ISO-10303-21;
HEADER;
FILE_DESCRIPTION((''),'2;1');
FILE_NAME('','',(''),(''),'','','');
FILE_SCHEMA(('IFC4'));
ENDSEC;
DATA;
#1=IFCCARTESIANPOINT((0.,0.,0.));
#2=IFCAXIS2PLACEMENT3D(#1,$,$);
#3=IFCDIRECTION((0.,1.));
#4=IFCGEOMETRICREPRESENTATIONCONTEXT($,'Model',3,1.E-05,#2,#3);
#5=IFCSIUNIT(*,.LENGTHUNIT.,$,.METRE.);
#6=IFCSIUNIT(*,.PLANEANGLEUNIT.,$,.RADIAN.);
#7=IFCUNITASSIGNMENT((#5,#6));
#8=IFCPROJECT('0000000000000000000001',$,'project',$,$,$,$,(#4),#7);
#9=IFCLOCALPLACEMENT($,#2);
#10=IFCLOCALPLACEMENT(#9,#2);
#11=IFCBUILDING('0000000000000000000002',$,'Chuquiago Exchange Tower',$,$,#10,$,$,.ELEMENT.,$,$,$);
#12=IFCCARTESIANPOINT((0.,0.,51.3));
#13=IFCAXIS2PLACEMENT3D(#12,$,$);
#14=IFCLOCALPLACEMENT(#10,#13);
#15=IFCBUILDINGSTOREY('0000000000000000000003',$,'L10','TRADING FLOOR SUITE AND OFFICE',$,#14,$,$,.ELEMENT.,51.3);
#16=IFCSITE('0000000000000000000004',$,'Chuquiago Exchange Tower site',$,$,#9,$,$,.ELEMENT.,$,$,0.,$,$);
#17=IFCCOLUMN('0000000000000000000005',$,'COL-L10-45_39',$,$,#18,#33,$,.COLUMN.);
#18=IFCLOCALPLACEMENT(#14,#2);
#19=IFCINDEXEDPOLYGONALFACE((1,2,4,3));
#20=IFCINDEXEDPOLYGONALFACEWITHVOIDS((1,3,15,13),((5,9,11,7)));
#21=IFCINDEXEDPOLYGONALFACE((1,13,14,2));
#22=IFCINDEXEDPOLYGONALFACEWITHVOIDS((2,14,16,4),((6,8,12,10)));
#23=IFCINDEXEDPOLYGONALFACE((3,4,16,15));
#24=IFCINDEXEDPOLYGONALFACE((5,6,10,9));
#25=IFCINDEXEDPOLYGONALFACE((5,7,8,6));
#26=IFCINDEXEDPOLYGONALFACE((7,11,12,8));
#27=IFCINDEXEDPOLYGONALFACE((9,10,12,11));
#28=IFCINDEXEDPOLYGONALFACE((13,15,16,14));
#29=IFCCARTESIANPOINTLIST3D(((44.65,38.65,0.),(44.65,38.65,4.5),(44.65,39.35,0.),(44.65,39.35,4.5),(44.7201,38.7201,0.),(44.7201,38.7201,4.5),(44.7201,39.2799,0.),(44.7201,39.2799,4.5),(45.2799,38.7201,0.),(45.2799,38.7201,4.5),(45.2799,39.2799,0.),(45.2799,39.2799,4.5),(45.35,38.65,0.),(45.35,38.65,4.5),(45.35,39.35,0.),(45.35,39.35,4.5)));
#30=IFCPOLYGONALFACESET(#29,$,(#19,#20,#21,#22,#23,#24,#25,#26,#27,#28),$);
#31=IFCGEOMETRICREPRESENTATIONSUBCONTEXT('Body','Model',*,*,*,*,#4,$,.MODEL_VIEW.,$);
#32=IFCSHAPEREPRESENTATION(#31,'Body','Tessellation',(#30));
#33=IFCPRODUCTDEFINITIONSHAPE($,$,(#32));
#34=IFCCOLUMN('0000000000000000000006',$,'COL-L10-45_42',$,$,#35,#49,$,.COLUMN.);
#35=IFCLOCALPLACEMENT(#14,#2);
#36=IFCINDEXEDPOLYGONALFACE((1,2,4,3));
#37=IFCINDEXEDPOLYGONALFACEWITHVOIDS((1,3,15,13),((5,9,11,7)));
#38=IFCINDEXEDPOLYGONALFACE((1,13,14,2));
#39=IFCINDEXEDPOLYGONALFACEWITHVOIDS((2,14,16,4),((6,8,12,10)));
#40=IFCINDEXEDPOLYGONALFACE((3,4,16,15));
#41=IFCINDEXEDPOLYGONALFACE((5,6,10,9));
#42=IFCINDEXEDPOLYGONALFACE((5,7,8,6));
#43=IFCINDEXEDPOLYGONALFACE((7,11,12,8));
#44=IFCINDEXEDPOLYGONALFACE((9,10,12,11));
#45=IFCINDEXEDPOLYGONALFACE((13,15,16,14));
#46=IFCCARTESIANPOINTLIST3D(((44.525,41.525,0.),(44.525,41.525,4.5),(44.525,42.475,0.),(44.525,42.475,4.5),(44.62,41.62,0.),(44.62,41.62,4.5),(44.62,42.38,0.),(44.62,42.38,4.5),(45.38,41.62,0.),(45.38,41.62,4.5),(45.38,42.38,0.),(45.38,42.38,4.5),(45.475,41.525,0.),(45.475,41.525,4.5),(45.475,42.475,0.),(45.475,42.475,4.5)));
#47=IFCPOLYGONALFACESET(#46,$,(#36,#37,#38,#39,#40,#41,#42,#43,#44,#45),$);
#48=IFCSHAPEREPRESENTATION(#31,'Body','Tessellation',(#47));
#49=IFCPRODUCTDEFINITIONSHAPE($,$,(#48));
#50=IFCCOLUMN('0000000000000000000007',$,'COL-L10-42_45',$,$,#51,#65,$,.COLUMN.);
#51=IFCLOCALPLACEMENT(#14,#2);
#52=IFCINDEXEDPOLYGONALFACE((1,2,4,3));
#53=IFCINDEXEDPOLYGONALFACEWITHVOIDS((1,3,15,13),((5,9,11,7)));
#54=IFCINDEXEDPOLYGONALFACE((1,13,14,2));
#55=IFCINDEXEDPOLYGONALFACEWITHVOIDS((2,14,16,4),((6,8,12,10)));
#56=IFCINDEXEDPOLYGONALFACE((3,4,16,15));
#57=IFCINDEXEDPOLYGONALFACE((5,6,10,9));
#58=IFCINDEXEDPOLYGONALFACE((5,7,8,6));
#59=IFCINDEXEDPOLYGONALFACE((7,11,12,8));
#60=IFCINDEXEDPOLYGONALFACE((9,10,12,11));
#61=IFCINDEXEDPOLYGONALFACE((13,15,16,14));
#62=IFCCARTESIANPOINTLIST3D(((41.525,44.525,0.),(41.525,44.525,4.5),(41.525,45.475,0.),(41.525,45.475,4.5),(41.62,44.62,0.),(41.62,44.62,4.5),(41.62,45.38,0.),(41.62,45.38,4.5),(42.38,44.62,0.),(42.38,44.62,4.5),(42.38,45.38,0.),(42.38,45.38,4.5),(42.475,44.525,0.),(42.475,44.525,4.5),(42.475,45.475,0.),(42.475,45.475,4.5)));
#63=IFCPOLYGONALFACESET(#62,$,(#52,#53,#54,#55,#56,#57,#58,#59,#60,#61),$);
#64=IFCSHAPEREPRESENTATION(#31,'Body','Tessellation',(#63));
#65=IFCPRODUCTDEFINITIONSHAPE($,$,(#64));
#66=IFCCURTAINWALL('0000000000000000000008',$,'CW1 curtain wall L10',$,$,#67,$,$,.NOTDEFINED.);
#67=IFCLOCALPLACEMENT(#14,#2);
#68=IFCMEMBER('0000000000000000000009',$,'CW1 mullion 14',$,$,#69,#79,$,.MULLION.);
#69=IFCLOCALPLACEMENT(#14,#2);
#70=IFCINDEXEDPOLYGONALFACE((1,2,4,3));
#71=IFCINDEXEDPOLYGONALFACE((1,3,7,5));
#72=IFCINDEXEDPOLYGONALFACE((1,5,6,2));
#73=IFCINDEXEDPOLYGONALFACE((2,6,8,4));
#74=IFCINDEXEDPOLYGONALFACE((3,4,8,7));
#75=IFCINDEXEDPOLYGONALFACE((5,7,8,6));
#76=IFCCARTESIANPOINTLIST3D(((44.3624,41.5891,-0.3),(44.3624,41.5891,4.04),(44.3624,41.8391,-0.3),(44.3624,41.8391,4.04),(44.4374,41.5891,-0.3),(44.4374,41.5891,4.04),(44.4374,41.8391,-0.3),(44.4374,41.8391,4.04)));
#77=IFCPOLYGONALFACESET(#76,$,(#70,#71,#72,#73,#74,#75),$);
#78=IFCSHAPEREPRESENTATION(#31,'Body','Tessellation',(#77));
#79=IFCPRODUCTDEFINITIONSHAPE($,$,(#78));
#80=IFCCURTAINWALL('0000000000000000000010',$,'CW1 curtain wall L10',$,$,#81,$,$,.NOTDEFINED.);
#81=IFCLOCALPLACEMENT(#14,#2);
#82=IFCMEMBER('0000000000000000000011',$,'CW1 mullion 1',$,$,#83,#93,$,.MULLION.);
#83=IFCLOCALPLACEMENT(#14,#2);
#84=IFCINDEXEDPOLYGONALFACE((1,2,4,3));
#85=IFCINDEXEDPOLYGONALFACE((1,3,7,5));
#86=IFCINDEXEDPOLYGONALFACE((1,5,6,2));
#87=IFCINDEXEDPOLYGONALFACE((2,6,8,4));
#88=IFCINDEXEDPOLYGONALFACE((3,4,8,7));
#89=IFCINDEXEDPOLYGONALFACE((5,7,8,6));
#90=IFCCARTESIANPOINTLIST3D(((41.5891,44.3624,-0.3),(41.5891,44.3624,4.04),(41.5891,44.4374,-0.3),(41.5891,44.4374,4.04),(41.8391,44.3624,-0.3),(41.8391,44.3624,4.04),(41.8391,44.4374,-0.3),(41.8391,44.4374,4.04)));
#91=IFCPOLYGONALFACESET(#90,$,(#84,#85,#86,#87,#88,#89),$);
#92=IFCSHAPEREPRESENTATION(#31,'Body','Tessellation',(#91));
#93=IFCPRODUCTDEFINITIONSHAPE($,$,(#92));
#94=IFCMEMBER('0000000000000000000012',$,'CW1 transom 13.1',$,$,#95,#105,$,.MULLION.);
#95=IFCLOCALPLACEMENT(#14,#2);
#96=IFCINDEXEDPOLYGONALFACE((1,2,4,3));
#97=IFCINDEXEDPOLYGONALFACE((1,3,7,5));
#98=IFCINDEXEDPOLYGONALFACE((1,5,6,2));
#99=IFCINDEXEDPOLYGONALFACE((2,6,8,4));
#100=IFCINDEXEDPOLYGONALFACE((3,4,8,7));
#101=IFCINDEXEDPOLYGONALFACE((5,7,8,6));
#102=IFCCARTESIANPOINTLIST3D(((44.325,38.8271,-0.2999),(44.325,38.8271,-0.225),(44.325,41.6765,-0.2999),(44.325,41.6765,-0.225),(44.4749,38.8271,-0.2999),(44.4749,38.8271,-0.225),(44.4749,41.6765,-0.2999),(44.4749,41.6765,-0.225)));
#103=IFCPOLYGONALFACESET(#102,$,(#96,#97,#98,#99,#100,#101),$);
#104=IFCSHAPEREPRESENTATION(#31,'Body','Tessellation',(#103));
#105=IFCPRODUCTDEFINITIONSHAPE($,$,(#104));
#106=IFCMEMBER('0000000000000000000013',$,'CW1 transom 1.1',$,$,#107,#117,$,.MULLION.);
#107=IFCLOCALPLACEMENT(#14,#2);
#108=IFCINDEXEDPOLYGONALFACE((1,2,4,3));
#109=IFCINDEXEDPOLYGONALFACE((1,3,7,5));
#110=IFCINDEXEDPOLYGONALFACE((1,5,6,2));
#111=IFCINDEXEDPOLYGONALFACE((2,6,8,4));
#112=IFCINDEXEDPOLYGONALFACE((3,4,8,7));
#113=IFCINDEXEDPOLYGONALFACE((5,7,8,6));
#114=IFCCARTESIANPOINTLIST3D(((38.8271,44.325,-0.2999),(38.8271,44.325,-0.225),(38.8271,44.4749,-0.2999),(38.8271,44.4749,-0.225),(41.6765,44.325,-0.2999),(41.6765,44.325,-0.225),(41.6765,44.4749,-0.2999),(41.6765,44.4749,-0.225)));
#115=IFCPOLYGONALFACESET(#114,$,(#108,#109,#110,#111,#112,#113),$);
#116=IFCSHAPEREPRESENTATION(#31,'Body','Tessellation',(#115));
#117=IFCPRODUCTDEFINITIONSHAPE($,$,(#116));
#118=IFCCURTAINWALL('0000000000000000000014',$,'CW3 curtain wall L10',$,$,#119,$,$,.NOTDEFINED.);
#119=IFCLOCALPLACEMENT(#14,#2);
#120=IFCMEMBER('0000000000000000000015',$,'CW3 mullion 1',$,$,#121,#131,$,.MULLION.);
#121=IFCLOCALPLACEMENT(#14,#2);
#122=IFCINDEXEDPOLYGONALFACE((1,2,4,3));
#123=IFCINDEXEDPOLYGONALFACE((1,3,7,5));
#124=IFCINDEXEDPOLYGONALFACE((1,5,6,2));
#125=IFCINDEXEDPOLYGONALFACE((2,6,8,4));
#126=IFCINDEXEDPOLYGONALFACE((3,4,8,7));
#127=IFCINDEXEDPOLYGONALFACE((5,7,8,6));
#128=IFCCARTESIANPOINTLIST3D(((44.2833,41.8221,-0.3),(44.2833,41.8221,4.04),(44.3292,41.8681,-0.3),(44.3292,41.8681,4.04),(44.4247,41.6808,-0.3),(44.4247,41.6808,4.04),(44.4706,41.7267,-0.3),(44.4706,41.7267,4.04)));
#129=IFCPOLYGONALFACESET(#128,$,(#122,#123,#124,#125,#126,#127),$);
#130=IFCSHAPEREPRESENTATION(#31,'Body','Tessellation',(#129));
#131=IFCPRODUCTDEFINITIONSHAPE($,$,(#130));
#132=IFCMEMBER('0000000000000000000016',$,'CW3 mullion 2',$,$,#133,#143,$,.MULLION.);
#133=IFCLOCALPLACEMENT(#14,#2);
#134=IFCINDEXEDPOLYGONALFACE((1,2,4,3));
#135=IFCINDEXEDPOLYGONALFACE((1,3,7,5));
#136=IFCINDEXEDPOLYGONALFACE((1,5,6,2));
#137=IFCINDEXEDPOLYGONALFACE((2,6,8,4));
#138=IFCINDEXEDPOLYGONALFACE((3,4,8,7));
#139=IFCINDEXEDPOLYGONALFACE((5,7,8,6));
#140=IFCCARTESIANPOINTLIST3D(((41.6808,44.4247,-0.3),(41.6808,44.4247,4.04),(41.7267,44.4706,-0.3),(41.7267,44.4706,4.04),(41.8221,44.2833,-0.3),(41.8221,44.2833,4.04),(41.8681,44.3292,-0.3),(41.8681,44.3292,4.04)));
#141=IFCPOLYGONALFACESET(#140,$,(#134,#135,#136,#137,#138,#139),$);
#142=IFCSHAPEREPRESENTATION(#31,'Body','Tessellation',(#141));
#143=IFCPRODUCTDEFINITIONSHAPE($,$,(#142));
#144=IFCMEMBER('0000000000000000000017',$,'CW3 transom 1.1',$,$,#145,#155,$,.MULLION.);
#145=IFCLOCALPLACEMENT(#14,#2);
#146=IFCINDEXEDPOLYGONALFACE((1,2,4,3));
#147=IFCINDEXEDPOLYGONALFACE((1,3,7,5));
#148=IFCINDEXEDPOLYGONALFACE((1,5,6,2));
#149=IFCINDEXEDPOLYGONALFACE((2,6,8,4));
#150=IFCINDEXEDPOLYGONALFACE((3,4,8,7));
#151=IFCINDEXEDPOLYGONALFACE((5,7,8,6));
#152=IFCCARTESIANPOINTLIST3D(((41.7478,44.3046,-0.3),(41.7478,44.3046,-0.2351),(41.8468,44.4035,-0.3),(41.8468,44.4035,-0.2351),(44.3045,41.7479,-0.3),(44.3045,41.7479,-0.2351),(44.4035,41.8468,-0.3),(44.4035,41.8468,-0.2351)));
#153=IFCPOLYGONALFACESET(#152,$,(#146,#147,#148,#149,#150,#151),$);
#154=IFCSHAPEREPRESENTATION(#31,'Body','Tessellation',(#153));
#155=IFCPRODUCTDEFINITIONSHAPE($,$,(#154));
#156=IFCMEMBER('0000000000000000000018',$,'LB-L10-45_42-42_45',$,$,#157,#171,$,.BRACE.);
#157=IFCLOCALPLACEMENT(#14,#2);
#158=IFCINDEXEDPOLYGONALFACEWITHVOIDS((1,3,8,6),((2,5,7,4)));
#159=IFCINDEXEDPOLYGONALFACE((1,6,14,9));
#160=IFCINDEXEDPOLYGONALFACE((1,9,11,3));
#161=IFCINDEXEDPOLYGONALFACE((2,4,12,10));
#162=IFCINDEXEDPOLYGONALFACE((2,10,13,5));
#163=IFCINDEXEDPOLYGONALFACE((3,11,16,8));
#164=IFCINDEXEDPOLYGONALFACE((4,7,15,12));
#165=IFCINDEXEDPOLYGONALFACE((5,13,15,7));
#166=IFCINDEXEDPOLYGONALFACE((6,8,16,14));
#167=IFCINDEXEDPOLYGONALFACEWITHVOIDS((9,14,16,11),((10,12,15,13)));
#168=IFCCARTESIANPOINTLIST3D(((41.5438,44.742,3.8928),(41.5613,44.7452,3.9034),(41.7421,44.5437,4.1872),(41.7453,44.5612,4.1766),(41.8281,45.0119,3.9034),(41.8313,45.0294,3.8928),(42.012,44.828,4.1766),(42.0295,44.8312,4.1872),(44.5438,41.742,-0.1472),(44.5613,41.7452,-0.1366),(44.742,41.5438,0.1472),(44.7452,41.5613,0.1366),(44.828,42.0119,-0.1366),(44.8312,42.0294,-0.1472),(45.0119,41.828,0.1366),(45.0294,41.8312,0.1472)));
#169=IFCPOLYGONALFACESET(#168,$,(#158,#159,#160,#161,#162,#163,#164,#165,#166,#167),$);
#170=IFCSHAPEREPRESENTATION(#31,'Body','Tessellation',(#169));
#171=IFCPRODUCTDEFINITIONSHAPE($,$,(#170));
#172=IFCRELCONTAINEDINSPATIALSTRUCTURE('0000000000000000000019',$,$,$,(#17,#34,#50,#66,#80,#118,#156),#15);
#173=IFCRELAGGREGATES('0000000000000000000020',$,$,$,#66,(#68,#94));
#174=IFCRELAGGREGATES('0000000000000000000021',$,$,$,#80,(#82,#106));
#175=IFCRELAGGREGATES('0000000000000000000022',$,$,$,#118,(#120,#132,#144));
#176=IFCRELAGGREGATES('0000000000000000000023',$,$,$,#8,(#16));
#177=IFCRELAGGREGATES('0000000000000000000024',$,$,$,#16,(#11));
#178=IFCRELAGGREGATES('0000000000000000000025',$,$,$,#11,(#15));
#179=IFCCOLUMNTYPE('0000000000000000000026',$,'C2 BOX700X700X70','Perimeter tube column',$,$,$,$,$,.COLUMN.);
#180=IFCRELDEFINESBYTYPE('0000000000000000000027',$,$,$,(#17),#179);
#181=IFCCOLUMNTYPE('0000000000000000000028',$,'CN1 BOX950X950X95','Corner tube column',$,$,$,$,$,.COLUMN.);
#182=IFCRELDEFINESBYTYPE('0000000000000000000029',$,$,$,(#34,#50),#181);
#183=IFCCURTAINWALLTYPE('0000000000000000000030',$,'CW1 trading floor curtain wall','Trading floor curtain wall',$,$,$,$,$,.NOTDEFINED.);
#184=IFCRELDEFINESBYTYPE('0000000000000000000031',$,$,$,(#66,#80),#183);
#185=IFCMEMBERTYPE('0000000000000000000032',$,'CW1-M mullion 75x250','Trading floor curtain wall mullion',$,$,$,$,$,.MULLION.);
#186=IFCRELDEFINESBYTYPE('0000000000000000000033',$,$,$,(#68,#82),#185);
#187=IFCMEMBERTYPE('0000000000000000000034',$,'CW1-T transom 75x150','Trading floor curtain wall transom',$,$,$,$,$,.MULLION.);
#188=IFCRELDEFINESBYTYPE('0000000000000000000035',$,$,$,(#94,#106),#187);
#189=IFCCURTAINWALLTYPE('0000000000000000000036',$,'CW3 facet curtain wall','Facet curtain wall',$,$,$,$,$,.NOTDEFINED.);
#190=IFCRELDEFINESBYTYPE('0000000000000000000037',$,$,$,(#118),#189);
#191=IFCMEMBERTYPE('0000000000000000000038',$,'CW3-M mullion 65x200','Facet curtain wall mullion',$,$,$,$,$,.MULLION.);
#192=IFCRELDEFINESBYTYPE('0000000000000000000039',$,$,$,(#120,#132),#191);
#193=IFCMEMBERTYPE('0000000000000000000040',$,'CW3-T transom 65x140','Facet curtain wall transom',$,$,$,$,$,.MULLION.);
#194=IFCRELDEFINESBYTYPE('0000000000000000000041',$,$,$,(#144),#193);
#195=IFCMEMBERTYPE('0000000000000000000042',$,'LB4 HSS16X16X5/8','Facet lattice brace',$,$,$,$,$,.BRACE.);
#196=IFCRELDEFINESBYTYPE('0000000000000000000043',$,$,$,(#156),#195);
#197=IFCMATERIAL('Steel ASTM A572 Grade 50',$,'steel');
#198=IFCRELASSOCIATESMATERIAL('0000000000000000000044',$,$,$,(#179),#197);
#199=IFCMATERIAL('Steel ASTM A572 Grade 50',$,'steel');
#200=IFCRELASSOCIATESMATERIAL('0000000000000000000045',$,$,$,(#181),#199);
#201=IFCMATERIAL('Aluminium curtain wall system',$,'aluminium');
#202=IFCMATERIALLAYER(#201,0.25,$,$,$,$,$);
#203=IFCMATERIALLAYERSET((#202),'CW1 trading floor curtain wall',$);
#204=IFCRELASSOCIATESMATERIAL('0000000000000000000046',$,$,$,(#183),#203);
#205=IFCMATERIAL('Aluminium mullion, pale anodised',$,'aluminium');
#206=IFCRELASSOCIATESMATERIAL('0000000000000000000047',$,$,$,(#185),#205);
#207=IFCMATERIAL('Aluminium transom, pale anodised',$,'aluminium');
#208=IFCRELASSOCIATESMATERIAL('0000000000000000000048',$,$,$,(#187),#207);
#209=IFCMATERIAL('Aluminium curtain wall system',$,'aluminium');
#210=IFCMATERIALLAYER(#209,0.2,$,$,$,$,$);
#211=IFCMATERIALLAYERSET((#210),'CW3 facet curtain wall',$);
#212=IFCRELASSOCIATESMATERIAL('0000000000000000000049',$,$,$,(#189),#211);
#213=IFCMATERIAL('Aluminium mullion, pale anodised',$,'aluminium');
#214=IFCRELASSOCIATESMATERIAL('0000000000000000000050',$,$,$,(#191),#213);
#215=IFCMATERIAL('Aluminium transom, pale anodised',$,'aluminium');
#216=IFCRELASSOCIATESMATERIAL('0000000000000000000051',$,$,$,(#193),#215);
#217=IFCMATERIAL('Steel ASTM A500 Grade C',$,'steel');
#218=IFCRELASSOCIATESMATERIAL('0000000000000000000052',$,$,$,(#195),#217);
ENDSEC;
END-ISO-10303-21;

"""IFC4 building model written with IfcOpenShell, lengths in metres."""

from ifc_helpers import new_model, si_unit, direction, frame, origin, origin_2d, place, context, subcontext, project, spatial, rectangle, hollow_rectangle, extrude, material, layer, layer_set, material_profile, profile_set, type_object, element, aggregate, save


model = new_model("IFC4")

# Units and contexts
model_context = context("Model", 3, precision=1e-05, world=origin(), true_north=direction((0.0, 1.0)))
body_context = subcontext(model_context, "Body", "Model", "MODEL_VIEW")
ifc_project = project(units=[si_unit("LENGTHUNIT", "METRE"), si_unit("PLANEANGLEUNIT", "RADIAN")], contexts=[model_context])

# Site, building, storey
site_placement = place(None, origin())
site = spatial("IfcSite", under=ifc_project, at=site_placement, Name="Chuquiago Exchange Tower site", CompositionType="ELEMENT", RefElevation=0.0)
building_placement = place(site_placement, origin())
building = spatial("IfcBuilding", under=site, at=building_placement, Name="Chuquiago Exchange Tower", CompositionType="ELEMENT")
storey_placement = place(building_placement, frame((0.0, 0.0, 51.3)))
storey = spatial("IfcBuildingStorey", under=building, at=storey_placement, Name="L10", Description="TRADING FLOOR SUITE AND OFFICE", CompositionType="ELEMENT", Elevation=51.3)

# Columns
ifc_material_1 = material(Name="Steel ASTM A572 Grade 50", Category="steel")
ifc_material_profile_1 = material_profile(ifc_material_1, hollow_rectangle(XDim=0.7, YDim=0.7, WallThickness=0.0701, at=origin_2d()), Name="BOX700X700X70")
ifc_profile_set_1 = profile_set([ifc_material_profile_1], Name="Steel ASTM A572 Grade 50")
column_type_1 = type_object("IfcColumnType", Name="C2 BOX700X700X70", Description="Perimeter tube column", PredefinedType="COLUMN", material=ifc_profile_set_1)
column_placement = place(storey_placement, frame((45.0, 39.0, 0.0), z_axis=(0.0, 0.0, 1.0), x_axis=(1.0, 0.0, 0.0)))
element("IfcColumn", 1, at=column_placement, inside=storey, type_object=column_type_1, Name="COL-L10-45_39", PredefinedType="COLUMN", context=body_context, shape_type="SweptSolid", body=[
    extrude(hollow_rectangle(XDim=0.7, YDim=0.7, WallThickness=0.0701, at=origin_2d()), origin(), (0.0, 0.0, 1.0), 4.5),
])
ifc_material_2 = material(Name="Steel ASTM A572 Grade 50", Category="steel")
ifc_material_profile_2 = material_profile(ifc_material_2, hollow_rectangle(XDim=0.95, YDim=0.95, WallThickness=0.095, at=origin_2d()), Name="BOX950X950X95")
ifc_profile_set_2 = profile_set([ifc_material_profile_2], Name="Steel ASTM A572 Grade 50")
column_type_2 = type_object("IfcColumnType", Name="CN1 BOX950X950X95", Description="Corner tube column", PredefinedType="COLUMN", material=ifc_profile_set_2)
for number, where, z_axis, x_axis, name in (
    (2, (45.0, 42.0, 0.0), (0.0, 0.0, 1.0), (1.0, 0.0, 0.0), "COL-L10-45_42"),
    (3, (42.0, 45.0, 0.0), (0.0, 0.0, 1.0), (0.0, 1.0, 0.0), "COL-L10-42_45"),
):
    element("IfcColumn", number, at=place(storey_placement, frame(where, z_axis=z_axis, x_axis=x_axis)), inside=storey, type_object=column_type_2, Name=name, PredefinedType="COLUMN", context=body_context, shape_type="SweptSolid", body=[
        extrude(hollow_rectangle(XDim=0.95, YDim=0.95, WallThickness=0.095, at=origin_2d()), origin(), (0.0, 0.0, 1.0), 4.5),
    ])

# Curtain walls, members
ifc_material_3 = material(Name="Aluminium curtain wall system", Category="aluminium")
ifc_layer_1 = layer(ifc_material_3, 0.25)
ifc_layer_set_1 = layer_set([ifc_layer_1], Name="CW1 trading floor curtain wall")
curtain_wall_type_1 = type_object("IfcCurtainWallType", Name="CW1 trading floor curtain wall", Description="Trading floor curtain wall", PredefinedType="NOTDEFINED", material=ifc_layer_set_1)
curtain_wall_1_placement = place(storey_placement, origin())
curtain_wall_1 = element("IfcCurtainWall", 4, at=curtain_wall_1_placement, inside=storey, type_object=curtain_wall_type_1, Name="CW1 curtain wall L10", PredefinedType="NOTDEFINED")
ifc_material_4 = material(Name="Aluminium mullion, pale anodised", Category="aluminium")
ifc_material_profile_3 = material_profile(ifc_material_4, rectangle(XDim=0.075, YDim=0.25, at=origin_2d()), Name="AL 75x250")
ifc_profile_set_3 = profile_set([ifc_material_profile_3], Name="Aluminium mullion, pale anodised")
member_type_1 = type_object("IfcMemberType", Name="CW1-M mullion 75x250", Description="Trading floor curtain wall mullion", PredefinedType="MULLION", material=ifc_profile_set_3)
member_1_placement = place(storey_placement, frame((44.3999, 41.7141, -0.3), z_axis=(0.0, 0.0, 1.0), x_axis=(-1.0, 0.0, 0.0)))
member_1 = element("IfcMember", 5, at=member_1_placement, type_object=member_type_1, Name="CW1 mullion 14", PredefinedType="MULLION", context=body_context, shape_type="SweptSolid", body=[
    extrude(rectangle(XDim=0.075, YDim=0.25, at=origin_2d()), origin(), (0.0, 0.0, 1.0), 4.3401),
])
curtain_wall_2_placement = place(storey_placement, origin())
curtain_wall_2 = element("IfcCurtainWall", 6, at=curtain_wall_2_placement, inside=storey, type_object=curtain_wall_type_1, Name="CW1 curtain wall L10", PredefinedType="NOTDEFINED")
member_2_placement = place(storey_placement, frame((41.7141, 44.3999, -0.3), z_axis=(0.0, 0.0, 1.0), x_axis=(0.0, -1.0, 0.0)))
member_2 = element("IfcMember", 7, at=member_2_placement, type_object=member_type_1, Name="CW1 mullion 1", PredefinedType="MULLION", context=body_context, shape_type="SweptSolid", body=[
    extrude(rectangle(XDim=0.075, YDim=0.25, at=origin_2d()), origin(), (0.0, 0.0, 1.0), 4.3401),
])

# Members
ifc_material_5 = material(Name="Aluminium transom, pale anodised", Category="aluminium")
ifc_material_profile_4 = material_profile(ifc_material_5, rectangle(XDim=0.1499, YDim=0.075, at=origin_2d()), Name="AL 150x75")
ifc_profile_set_4 = profile_set([ifc_material_profile_4], Name="Aluminium transom, pale anodised")
member_type_2 = type_object("IfcMemberType", Name="CW1-T transom 75x150", Description="Trading floor curtain wall transom", PredefinedType="MULLION", material=ifc_profile_set_4)
member_3_placement = place(storey_placement, frame((44.3999, 38.8271, -0.2625), z_axis=(0.0, 1.0, 0.0), x_axis=(-1.0, 0.0, 0.0)))
member_3 = element("IfcMember", 8, at=member_3_placement, type_object=member_type_2, Name="CW1 transom 13.1", PredefinedType="MULLION", context=body_context, shape_type="SweptSolid", body=[
    extrude(rectangle(XDim=0.1499, YDim=0.075, at=origin_2d()), origin(), (0.0, 0.0, 1.0), 2.8494),
])
member_4_placement = place(storey_placement, frame((41.6765, 44.3999, -0.2625), z_axis=(-1.0, 0.0, 0.0), x_axis=(0.0, -1.0, 0.0)))
member_4 = element("IfcMember", 9, at=member_4_placement, type_object=member_type_2, Name="CW1 transom 1.1", PredefinedType="MULLION", context=body_context, shape_type="SweptSolid", body=[
    extrude(rectangle(XDim=0.1499, YDim=0.075, at=origin_2d()), origin(), (0.0, 0.0, 1.0), 2.8494),
])

# Curtain wall, members
ifc_material_6 = material(Name="Aluminium curtain wall system", Category="aluminium")
ifc_layer_2 = layer(ifc_material_6, 0.2)
ifc_layer_set_2 = layer_set([ifc_layer_2], Name="CW3 facet curtain wall")
curtain_wall_type_2 = type_object("IfcCurtainWallType", Name="CW3 facet curtain wall", Description="Facet curtain wall", PredefinedType="NOTDEFINED", material=ifc_layer_set_2)
curtain_wall_3_placement = place(storey_placement, origin())
curtain_wall_3 = element("IfcCurtainWall", 10, at=curtain_wall_3_placement, inside=storey, type_object=curtain_wall_type_2, Name="CW3 curtain wall L10", PredefinedType="NOTDEFINED")
ifc_material_7 = material(Name="Aluminium mullion, pale anodised", Category="aluminium")
ifc_material_profile_5 = material_profile(ifc_material_7, rectangle(XDim=0.0649, YDim=0.2, at=origin_2d()), Name="AL 65x200")
ifc_profile_set_5 = profile_set([ifc_material_profile_5], Name="Aluminium mullion, pale anodised")
member_type_3 = type_object("IfcMemberType", Name="CW3-M mullion 65x200", Description="Facet curtain wall mullion", PredefinedType="MULLION", material=ifc_profile_set_5)
member_5_placement = place(storey_placement, frame((44.377, 41.7744, -0.3), z_axis=(0.0, 0.0, 1.0), x_axis=(-0.707107, -0.707107, 0.0)))
member_5 = element("IfcMember", 11, at=member_5_placement, type_object=member_type_3, Name="CW3 mullion 1", PredefinedType="MULLION", context=body_context, shape_type="SweptSolid", body=[
    extrude(rectangle(XDim=0.0649, YDim=0.2, at=origin_2d()), origin(), (0.0, 0.0, 1.0), 4.3401),
])
member_6_placement = place(storey_placement, frame((41.7744, 44.377, -0.3), z_axis=(0.0, 0.0, 1.0), x_axis=(-0.707107, -0.707107, 0.0)))
member_6 = element("IfcMember", 12, at=member_6_placement, type_object=member_type_3, Name="CW3 mullion 2", PredefinedType="MULLION", context=body_context, shape_type="SweptSolid", body=[
    extrude(rectangle(XDim=0.0649, YDim=0.2, at=origin_2d()), origin(), (0.0, 0.0, 1.0), 4.3401),
])
ifc_material_8 = material(Name="Aluminium transom, pale anodised", Category="aluminium")
ifc_material_profile_6 = material_profile(ifc_material_8, rectangle(XDim=0.1399, YDim=0.0649, at=origin_2d()), Name="AL 140x65")
ifc_profile_set_6 = profile_set([ifc_material_profile_6], Name="Aluminium transom, pale anodised")
member_type_4 = type_object("IfcMemberType", Name="CW3-T transom 65x140", Description="Facet curtain wall transom", PredefinedType="MULLION", material=ifc_profile_set_6)
member_7_placement = place(storey_placement, frame((44.354, 41.7974, -0.2676), z_axis=(-0.707107, 0.707107, 0.0), x_axis=(-0.707107, -0.707107, 0.0)))
member_7 = element("IfcMember", 13, at=member_7_placement, type_object=member_type_4, Name="CW3 transom 1.1", PredefinedType="MULLION", context=body_context, shape_type="SweptSolid", body=[
    extrude(rectangle(XDim=0.1399, YDim=0.0649, at=origin_2d()), origin(), (0.0, 0.0, 1.0), 3.6157),
])

# Member
ifc_material_9 = material(Name="Steel ASTM A500 Grade C", Category="steel")
ifc_material_profile_7 = material_profile(ifc_material_9, hollow_rectangle(XDim=0.4065, YDim=0.4065, WallThickness=0.0146, at=origin_2d()), Name="HSS16X16X5/8")
ifc_profile_set_7 = profile_set([ifc_material_profile_7], Name="Steel ASTM A500 Grade C")
member_type_5 = type_object("IfcMemberType", Name="LB4 HSS16X16X5/8", Description="Facet lattice brace", PredefinedType="BRACE", material=ifc_profile_set_7)
member_8_placement = place(storey_placement, frame((44.7866, 41.7866, 0.0), z_axis=(-0.512077, 0.512077, 0.689604), x_axis=(-0.707107, -0.707107, 0.0)))
element("IfcMember", 14, at=member_8_placement, inside=storey, type_object=member_type_5, Name="LB-L10-45_42-42_45", PredefinedType="BRACE", context=body_context, shape_type="SweptSolid", body=[
    extrude(hollow_rectangle(XDim=0.4065, YDim=0.4065, WallThickness=0.0146, at=origin_2d()), origin(), (0.0, 0.0, 1.0), 5.8584),
])

aggregate(curtain_wall_1, [member_1, member_3])
aggregate(curtain_wall_2, [member_2, member_4])
aggregate(curtain_wall_3, [member_5, member_6, member_7])

save(model, "model.ifc")
